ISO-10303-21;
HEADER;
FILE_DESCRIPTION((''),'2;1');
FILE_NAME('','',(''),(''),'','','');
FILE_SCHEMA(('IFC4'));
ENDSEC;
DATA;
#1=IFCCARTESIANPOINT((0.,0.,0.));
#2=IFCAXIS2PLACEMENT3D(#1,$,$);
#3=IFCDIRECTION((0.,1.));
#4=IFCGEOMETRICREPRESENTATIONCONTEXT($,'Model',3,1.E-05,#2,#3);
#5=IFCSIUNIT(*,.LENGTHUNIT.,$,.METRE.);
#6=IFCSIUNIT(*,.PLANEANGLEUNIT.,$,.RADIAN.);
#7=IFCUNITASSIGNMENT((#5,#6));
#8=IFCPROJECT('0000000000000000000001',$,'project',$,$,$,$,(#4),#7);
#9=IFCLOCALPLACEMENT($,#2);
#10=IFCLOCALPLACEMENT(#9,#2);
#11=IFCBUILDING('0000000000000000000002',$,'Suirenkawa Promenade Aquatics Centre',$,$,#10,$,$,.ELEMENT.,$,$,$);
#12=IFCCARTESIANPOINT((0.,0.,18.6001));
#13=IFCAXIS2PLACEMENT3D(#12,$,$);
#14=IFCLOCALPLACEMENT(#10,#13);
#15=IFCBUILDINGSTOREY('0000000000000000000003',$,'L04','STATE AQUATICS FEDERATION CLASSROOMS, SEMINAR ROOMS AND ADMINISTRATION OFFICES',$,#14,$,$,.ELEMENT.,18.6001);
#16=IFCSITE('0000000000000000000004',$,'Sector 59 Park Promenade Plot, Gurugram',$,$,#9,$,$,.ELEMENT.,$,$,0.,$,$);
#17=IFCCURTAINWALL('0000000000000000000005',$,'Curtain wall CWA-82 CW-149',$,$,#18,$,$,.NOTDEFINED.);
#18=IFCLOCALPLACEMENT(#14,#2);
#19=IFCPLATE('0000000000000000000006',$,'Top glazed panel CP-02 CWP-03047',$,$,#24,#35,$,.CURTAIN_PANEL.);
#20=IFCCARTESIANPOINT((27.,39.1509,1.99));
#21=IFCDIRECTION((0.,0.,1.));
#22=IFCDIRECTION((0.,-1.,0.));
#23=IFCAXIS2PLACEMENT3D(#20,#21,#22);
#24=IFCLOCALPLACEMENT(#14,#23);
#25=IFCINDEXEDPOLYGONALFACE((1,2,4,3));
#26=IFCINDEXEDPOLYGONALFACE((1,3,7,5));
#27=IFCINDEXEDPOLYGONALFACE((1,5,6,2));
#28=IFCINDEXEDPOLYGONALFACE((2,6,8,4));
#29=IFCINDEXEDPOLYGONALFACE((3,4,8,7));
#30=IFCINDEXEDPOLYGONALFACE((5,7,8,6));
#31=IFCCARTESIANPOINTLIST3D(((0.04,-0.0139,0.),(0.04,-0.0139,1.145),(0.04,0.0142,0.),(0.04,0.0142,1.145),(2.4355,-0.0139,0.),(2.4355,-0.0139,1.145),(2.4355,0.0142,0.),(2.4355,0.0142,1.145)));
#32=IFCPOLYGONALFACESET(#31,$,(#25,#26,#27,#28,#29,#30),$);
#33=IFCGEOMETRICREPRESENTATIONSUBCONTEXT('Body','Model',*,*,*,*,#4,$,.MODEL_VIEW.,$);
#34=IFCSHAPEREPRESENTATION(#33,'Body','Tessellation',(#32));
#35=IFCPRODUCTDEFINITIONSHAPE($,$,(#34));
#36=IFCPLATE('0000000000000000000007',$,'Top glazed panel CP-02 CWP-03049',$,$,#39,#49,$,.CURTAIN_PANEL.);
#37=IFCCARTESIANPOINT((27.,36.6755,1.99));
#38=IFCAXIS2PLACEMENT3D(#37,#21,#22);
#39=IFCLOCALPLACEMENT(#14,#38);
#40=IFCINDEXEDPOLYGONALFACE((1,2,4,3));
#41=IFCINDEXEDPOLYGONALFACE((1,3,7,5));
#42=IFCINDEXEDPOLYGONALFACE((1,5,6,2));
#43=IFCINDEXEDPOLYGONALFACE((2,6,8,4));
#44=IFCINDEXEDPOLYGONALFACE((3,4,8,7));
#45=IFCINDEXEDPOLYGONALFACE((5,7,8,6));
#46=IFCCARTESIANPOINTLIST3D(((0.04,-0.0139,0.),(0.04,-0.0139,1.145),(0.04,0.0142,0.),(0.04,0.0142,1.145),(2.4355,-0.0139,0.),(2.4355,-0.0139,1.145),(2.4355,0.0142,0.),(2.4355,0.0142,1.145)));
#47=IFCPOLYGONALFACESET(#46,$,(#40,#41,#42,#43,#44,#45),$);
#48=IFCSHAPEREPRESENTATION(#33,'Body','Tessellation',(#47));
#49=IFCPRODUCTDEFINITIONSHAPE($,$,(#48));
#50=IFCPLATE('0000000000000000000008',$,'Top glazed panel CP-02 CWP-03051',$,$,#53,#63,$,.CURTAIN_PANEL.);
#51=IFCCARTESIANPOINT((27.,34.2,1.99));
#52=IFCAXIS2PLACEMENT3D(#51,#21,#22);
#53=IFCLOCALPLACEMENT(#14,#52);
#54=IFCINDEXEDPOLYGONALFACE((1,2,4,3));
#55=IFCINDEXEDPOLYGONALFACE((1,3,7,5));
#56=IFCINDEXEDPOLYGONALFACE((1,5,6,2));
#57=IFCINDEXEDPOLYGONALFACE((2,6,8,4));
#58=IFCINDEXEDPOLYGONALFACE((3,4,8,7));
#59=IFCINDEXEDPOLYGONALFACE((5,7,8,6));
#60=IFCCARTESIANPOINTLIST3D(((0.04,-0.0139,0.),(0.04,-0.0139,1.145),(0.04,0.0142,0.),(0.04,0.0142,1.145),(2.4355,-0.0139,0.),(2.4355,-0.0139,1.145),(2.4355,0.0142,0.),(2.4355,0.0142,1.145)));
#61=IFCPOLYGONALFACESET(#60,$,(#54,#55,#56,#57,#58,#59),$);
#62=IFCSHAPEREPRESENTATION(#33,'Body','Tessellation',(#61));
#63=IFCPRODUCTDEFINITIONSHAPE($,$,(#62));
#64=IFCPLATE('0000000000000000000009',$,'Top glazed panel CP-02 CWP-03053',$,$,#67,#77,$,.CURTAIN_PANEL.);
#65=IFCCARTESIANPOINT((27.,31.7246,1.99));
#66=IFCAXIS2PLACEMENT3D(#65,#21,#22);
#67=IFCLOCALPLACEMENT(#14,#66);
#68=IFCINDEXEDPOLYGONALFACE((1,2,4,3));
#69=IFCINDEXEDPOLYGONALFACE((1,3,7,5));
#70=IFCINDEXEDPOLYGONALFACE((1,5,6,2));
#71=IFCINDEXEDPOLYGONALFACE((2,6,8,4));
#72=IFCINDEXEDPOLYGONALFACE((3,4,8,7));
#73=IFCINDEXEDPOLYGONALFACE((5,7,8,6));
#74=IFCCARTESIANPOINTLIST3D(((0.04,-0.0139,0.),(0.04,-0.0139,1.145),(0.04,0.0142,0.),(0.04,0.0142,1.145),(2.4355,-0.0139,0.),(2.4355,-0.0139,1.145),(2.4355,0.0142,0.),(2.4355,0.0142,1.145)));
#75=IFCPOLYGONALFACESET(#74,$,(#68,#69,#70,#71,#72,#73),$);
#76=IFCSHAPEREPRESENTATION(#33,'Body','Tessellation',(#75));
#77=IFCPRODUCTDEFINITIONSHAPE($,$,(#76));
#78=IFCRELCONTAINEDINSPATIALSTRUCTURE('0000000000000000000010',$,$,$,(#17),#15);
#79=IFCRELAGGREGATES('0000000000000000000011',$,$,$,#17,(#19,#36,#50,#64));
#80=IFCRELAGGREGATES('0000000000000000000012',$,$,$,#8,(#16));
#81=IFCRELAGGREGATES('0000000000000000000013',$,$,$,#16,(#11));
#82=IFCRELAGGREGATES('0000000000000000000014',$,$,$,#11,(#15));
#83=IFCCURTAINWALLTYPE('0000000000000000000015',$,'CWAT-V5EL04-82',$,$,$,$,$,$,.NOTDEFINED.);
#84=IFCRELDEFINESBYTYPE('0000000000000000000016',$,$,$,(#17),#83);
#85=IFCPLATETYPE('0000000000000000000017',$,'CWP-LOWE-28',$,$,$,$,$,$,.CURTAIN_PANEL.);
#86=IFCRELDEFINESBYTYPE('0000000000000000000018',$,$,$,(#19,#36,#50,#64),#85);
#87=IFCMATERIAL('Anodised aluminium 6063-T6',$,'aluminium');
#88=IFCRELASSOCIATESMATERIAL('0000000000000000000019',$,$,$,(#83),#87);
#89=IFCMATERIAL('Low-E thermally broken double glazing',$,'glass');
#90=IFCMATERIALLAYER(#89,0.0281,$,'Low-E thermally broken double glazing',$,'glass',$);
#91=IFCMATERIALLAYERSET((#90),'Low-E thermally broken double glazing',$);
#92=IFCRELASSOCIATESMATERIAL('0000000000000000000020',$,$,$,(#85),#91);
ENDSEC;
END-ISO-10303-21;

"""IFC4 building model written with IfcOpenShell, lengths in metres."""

from ifc_helpers import new_model, si_unit, direction, frame, origin, place, context, subcontext, project, spatial, polyline, outline, extrude, material, layer, layer_set, type_object, element, aggregate, save


model = new_model("IFC4")

# Units and contexts
model_context = context("Model", 3, precision=1e-05, world=origin(), true_north=direction((0.0, 1.0)))
body_context = subcontext(model_context, "Body", "Model", "MODEL_VIEW")
ifc_project = project(units=[si_unit("LENGTHUNIT", "METRE"), si_unit("PLANEANGLEUNIT", "RADIAN")], contexts=[model_context])

# Site, building, storey
site_placement = place(None, origin())
site = spatial("IfcSite", under=ifc_project, at=site_placement, Name="Sector 59 Park Promenade Plot, Gurugram", CompositionType="ELEMENT", RefElevation=0.0)
building_placement = place(site_placement, origin())
building = spatial("IfcBuilding", under=site, at=building_placement, Name="Suirenkawa Promenade Aquatics Centre", CompositionType="ELEMENT")
storey_placement = place(building_placement, frame((0.0, 0.0, 18.6001)))
storey = spatial("IfcBuildingStorey", under=building, at=storey_placement, Name="L04", Description="STATE AQUATICS FEDERATION CLASSROOMS, SEMINAR ROOMS AND ADMINISTRATION OFFICES", CompositionType="ELEMENT", Elevation=18.6001)

# Curtain wall
ifc_material_1 = material(Name="Anodised aluminium 6063-T6", Category="aluminium")
curtain_wall_type_1 = type_object("IfcCurtainWallType", Name="CWAT-V5EL04-82", PredefinedType="NOTDEFINED", material=ifc_material_1)
curtain_wall_1_placement = place(storey_placement, origin())
curtain_wall_1 = element("IfcCurtainWall", 1, at=curtain_wall_1_placement, inside=storey, type_object=curtain_wall_type_1, Name="Curtain wall CWA-82 CW-149", PredefinedType="NOTDEFINED")

# Plates
ifc_material_2 = material(Name="Low-E thermally broken double glazing", Category="glass")
ifc_layer = layer(ifc_material_2, 0.0281, Name="Low-E thermally broken double glazing", Category="glass")
ifc_layer_set = layer_set([ifc_layer], Name="Low-E thermally broken double glazing")
plate_type = type_object("IfcPlateType", Name="CWP-LOWE-28", PredefinedType="CURTAIN_PANEL", material=ifc_layer_set)
plate_1_placement = place(storey_placement, frame((27.0, 39.1509, 1.99), z_axis=(0.0, 0.0, 1.0), x_axis=(0.0, -1.0, 0.0)))
plate_1 = element("IfcPlate", 2, at=plate_1_placement, type_object=plate_type, Name="Top glazed panel CP-02 CWP-03047", PredefinedType="CURTAIN_PANEL", context=body_context, shape_type="SweptSolid", body=[
    extrude(outline(polyline([(0.04, 0.0), (2.4355, 0.0), (2.4355, 1.145), (0.04, 1.145), (0.04, 0.0)])), frame((0.0, 0.0142, 0.0), z_axis=(0.0, -1.0, 0.0), x_axis=(1.0, 0.0, 0.0)), (0.0, 0.0, 1.0), 0.0281),
])
plate_2_placement = place(storey_placement, frame((27.0, 36.6755, 1.99), z_axis=(0.0, 0.0, 1.0), x_axis=(0.0, -1.0, 0.0)))
plate_2 = element("IfcPlate", 3, at=plate_2_placement, type_object=plate_type, Name="Top glazed panel CP-02 CWP-03049", PredefinedType="CURTAIN_PANEL", context=body_context, shape_type="SweptSolid", body=[
    extrude(outline(polyline([(0.04, 0.0), (2.4355, 0.0), (2.4355, 1.145), (0.04, 1.145), (0.04, 0.0)])), frame((0.0, 0.0142, 0.0), z_axis=(0.0, -1.0, 0.0), x_axis=(1.0, 0.0, 0.0)), (0.0, 0.0, 1.0), 0.0281),
])
plate_3_placement = place(storey_placement, frame((27.0, 34.2, 1.99), z_axis=(0.0, 0.0, 1.0), x_axis=(0.0, -1.0, 0.0)))
plate_3 = element("IfcPlate", 4, at=plate_3_placement, type_object=plate_type, Name="Top glazed panel CP-02 CWP-03051", PredefinedType="CURTAIN_PANEL", context=body_context, shape_type="SweptSolid", body=[
    extrude(outline(polyline([(0.04, 0.0), (2.4355, 0.0), (2.4355, 1.145), (0.04, 1.145), (0.04, 0.0)])), frame((0.0, 0.0142, 0.0), z_axis=(0.0, -1.0, 0.0), x_axis=(1.0, 0.0, 0.0)), (0.0, 0.0, 1.0), 0.0281),
])
plate_4_placement = place(storey_placement, frame((27.0, 31.7246, 1.99), z_axis=(0.0, 0.0, 1.0), x_axis=(0.0, -1.0, 0.0)))
plate_4 = element("IfcPlate", 5, at=plate_4_placement, type_object=plate_type, Name="Top glazed panel CP-02 CWP-03053", PredefinedType="CURTAIN_PANEL", context=body_context, shape_type="SweptSolid", body=[
    extrude(outline(polyline([(0.04, 0.0), (2.4355, 0.0), (2.4355, 1.145), (0.04, 1.145), (0.04, 0.0)])), frame((0.0, 0.0142, 0.0), z_axis=(0.0, -1.0, 0.0), x_axis=(1.0, 0.0, 0.0)), (0.0, 0.0, 1.0), 0.0281),
])
aggregate(curtain_wall_1, [plate_1, plate_2, plate_3, plate_4])

save(model, "model.ifc")
